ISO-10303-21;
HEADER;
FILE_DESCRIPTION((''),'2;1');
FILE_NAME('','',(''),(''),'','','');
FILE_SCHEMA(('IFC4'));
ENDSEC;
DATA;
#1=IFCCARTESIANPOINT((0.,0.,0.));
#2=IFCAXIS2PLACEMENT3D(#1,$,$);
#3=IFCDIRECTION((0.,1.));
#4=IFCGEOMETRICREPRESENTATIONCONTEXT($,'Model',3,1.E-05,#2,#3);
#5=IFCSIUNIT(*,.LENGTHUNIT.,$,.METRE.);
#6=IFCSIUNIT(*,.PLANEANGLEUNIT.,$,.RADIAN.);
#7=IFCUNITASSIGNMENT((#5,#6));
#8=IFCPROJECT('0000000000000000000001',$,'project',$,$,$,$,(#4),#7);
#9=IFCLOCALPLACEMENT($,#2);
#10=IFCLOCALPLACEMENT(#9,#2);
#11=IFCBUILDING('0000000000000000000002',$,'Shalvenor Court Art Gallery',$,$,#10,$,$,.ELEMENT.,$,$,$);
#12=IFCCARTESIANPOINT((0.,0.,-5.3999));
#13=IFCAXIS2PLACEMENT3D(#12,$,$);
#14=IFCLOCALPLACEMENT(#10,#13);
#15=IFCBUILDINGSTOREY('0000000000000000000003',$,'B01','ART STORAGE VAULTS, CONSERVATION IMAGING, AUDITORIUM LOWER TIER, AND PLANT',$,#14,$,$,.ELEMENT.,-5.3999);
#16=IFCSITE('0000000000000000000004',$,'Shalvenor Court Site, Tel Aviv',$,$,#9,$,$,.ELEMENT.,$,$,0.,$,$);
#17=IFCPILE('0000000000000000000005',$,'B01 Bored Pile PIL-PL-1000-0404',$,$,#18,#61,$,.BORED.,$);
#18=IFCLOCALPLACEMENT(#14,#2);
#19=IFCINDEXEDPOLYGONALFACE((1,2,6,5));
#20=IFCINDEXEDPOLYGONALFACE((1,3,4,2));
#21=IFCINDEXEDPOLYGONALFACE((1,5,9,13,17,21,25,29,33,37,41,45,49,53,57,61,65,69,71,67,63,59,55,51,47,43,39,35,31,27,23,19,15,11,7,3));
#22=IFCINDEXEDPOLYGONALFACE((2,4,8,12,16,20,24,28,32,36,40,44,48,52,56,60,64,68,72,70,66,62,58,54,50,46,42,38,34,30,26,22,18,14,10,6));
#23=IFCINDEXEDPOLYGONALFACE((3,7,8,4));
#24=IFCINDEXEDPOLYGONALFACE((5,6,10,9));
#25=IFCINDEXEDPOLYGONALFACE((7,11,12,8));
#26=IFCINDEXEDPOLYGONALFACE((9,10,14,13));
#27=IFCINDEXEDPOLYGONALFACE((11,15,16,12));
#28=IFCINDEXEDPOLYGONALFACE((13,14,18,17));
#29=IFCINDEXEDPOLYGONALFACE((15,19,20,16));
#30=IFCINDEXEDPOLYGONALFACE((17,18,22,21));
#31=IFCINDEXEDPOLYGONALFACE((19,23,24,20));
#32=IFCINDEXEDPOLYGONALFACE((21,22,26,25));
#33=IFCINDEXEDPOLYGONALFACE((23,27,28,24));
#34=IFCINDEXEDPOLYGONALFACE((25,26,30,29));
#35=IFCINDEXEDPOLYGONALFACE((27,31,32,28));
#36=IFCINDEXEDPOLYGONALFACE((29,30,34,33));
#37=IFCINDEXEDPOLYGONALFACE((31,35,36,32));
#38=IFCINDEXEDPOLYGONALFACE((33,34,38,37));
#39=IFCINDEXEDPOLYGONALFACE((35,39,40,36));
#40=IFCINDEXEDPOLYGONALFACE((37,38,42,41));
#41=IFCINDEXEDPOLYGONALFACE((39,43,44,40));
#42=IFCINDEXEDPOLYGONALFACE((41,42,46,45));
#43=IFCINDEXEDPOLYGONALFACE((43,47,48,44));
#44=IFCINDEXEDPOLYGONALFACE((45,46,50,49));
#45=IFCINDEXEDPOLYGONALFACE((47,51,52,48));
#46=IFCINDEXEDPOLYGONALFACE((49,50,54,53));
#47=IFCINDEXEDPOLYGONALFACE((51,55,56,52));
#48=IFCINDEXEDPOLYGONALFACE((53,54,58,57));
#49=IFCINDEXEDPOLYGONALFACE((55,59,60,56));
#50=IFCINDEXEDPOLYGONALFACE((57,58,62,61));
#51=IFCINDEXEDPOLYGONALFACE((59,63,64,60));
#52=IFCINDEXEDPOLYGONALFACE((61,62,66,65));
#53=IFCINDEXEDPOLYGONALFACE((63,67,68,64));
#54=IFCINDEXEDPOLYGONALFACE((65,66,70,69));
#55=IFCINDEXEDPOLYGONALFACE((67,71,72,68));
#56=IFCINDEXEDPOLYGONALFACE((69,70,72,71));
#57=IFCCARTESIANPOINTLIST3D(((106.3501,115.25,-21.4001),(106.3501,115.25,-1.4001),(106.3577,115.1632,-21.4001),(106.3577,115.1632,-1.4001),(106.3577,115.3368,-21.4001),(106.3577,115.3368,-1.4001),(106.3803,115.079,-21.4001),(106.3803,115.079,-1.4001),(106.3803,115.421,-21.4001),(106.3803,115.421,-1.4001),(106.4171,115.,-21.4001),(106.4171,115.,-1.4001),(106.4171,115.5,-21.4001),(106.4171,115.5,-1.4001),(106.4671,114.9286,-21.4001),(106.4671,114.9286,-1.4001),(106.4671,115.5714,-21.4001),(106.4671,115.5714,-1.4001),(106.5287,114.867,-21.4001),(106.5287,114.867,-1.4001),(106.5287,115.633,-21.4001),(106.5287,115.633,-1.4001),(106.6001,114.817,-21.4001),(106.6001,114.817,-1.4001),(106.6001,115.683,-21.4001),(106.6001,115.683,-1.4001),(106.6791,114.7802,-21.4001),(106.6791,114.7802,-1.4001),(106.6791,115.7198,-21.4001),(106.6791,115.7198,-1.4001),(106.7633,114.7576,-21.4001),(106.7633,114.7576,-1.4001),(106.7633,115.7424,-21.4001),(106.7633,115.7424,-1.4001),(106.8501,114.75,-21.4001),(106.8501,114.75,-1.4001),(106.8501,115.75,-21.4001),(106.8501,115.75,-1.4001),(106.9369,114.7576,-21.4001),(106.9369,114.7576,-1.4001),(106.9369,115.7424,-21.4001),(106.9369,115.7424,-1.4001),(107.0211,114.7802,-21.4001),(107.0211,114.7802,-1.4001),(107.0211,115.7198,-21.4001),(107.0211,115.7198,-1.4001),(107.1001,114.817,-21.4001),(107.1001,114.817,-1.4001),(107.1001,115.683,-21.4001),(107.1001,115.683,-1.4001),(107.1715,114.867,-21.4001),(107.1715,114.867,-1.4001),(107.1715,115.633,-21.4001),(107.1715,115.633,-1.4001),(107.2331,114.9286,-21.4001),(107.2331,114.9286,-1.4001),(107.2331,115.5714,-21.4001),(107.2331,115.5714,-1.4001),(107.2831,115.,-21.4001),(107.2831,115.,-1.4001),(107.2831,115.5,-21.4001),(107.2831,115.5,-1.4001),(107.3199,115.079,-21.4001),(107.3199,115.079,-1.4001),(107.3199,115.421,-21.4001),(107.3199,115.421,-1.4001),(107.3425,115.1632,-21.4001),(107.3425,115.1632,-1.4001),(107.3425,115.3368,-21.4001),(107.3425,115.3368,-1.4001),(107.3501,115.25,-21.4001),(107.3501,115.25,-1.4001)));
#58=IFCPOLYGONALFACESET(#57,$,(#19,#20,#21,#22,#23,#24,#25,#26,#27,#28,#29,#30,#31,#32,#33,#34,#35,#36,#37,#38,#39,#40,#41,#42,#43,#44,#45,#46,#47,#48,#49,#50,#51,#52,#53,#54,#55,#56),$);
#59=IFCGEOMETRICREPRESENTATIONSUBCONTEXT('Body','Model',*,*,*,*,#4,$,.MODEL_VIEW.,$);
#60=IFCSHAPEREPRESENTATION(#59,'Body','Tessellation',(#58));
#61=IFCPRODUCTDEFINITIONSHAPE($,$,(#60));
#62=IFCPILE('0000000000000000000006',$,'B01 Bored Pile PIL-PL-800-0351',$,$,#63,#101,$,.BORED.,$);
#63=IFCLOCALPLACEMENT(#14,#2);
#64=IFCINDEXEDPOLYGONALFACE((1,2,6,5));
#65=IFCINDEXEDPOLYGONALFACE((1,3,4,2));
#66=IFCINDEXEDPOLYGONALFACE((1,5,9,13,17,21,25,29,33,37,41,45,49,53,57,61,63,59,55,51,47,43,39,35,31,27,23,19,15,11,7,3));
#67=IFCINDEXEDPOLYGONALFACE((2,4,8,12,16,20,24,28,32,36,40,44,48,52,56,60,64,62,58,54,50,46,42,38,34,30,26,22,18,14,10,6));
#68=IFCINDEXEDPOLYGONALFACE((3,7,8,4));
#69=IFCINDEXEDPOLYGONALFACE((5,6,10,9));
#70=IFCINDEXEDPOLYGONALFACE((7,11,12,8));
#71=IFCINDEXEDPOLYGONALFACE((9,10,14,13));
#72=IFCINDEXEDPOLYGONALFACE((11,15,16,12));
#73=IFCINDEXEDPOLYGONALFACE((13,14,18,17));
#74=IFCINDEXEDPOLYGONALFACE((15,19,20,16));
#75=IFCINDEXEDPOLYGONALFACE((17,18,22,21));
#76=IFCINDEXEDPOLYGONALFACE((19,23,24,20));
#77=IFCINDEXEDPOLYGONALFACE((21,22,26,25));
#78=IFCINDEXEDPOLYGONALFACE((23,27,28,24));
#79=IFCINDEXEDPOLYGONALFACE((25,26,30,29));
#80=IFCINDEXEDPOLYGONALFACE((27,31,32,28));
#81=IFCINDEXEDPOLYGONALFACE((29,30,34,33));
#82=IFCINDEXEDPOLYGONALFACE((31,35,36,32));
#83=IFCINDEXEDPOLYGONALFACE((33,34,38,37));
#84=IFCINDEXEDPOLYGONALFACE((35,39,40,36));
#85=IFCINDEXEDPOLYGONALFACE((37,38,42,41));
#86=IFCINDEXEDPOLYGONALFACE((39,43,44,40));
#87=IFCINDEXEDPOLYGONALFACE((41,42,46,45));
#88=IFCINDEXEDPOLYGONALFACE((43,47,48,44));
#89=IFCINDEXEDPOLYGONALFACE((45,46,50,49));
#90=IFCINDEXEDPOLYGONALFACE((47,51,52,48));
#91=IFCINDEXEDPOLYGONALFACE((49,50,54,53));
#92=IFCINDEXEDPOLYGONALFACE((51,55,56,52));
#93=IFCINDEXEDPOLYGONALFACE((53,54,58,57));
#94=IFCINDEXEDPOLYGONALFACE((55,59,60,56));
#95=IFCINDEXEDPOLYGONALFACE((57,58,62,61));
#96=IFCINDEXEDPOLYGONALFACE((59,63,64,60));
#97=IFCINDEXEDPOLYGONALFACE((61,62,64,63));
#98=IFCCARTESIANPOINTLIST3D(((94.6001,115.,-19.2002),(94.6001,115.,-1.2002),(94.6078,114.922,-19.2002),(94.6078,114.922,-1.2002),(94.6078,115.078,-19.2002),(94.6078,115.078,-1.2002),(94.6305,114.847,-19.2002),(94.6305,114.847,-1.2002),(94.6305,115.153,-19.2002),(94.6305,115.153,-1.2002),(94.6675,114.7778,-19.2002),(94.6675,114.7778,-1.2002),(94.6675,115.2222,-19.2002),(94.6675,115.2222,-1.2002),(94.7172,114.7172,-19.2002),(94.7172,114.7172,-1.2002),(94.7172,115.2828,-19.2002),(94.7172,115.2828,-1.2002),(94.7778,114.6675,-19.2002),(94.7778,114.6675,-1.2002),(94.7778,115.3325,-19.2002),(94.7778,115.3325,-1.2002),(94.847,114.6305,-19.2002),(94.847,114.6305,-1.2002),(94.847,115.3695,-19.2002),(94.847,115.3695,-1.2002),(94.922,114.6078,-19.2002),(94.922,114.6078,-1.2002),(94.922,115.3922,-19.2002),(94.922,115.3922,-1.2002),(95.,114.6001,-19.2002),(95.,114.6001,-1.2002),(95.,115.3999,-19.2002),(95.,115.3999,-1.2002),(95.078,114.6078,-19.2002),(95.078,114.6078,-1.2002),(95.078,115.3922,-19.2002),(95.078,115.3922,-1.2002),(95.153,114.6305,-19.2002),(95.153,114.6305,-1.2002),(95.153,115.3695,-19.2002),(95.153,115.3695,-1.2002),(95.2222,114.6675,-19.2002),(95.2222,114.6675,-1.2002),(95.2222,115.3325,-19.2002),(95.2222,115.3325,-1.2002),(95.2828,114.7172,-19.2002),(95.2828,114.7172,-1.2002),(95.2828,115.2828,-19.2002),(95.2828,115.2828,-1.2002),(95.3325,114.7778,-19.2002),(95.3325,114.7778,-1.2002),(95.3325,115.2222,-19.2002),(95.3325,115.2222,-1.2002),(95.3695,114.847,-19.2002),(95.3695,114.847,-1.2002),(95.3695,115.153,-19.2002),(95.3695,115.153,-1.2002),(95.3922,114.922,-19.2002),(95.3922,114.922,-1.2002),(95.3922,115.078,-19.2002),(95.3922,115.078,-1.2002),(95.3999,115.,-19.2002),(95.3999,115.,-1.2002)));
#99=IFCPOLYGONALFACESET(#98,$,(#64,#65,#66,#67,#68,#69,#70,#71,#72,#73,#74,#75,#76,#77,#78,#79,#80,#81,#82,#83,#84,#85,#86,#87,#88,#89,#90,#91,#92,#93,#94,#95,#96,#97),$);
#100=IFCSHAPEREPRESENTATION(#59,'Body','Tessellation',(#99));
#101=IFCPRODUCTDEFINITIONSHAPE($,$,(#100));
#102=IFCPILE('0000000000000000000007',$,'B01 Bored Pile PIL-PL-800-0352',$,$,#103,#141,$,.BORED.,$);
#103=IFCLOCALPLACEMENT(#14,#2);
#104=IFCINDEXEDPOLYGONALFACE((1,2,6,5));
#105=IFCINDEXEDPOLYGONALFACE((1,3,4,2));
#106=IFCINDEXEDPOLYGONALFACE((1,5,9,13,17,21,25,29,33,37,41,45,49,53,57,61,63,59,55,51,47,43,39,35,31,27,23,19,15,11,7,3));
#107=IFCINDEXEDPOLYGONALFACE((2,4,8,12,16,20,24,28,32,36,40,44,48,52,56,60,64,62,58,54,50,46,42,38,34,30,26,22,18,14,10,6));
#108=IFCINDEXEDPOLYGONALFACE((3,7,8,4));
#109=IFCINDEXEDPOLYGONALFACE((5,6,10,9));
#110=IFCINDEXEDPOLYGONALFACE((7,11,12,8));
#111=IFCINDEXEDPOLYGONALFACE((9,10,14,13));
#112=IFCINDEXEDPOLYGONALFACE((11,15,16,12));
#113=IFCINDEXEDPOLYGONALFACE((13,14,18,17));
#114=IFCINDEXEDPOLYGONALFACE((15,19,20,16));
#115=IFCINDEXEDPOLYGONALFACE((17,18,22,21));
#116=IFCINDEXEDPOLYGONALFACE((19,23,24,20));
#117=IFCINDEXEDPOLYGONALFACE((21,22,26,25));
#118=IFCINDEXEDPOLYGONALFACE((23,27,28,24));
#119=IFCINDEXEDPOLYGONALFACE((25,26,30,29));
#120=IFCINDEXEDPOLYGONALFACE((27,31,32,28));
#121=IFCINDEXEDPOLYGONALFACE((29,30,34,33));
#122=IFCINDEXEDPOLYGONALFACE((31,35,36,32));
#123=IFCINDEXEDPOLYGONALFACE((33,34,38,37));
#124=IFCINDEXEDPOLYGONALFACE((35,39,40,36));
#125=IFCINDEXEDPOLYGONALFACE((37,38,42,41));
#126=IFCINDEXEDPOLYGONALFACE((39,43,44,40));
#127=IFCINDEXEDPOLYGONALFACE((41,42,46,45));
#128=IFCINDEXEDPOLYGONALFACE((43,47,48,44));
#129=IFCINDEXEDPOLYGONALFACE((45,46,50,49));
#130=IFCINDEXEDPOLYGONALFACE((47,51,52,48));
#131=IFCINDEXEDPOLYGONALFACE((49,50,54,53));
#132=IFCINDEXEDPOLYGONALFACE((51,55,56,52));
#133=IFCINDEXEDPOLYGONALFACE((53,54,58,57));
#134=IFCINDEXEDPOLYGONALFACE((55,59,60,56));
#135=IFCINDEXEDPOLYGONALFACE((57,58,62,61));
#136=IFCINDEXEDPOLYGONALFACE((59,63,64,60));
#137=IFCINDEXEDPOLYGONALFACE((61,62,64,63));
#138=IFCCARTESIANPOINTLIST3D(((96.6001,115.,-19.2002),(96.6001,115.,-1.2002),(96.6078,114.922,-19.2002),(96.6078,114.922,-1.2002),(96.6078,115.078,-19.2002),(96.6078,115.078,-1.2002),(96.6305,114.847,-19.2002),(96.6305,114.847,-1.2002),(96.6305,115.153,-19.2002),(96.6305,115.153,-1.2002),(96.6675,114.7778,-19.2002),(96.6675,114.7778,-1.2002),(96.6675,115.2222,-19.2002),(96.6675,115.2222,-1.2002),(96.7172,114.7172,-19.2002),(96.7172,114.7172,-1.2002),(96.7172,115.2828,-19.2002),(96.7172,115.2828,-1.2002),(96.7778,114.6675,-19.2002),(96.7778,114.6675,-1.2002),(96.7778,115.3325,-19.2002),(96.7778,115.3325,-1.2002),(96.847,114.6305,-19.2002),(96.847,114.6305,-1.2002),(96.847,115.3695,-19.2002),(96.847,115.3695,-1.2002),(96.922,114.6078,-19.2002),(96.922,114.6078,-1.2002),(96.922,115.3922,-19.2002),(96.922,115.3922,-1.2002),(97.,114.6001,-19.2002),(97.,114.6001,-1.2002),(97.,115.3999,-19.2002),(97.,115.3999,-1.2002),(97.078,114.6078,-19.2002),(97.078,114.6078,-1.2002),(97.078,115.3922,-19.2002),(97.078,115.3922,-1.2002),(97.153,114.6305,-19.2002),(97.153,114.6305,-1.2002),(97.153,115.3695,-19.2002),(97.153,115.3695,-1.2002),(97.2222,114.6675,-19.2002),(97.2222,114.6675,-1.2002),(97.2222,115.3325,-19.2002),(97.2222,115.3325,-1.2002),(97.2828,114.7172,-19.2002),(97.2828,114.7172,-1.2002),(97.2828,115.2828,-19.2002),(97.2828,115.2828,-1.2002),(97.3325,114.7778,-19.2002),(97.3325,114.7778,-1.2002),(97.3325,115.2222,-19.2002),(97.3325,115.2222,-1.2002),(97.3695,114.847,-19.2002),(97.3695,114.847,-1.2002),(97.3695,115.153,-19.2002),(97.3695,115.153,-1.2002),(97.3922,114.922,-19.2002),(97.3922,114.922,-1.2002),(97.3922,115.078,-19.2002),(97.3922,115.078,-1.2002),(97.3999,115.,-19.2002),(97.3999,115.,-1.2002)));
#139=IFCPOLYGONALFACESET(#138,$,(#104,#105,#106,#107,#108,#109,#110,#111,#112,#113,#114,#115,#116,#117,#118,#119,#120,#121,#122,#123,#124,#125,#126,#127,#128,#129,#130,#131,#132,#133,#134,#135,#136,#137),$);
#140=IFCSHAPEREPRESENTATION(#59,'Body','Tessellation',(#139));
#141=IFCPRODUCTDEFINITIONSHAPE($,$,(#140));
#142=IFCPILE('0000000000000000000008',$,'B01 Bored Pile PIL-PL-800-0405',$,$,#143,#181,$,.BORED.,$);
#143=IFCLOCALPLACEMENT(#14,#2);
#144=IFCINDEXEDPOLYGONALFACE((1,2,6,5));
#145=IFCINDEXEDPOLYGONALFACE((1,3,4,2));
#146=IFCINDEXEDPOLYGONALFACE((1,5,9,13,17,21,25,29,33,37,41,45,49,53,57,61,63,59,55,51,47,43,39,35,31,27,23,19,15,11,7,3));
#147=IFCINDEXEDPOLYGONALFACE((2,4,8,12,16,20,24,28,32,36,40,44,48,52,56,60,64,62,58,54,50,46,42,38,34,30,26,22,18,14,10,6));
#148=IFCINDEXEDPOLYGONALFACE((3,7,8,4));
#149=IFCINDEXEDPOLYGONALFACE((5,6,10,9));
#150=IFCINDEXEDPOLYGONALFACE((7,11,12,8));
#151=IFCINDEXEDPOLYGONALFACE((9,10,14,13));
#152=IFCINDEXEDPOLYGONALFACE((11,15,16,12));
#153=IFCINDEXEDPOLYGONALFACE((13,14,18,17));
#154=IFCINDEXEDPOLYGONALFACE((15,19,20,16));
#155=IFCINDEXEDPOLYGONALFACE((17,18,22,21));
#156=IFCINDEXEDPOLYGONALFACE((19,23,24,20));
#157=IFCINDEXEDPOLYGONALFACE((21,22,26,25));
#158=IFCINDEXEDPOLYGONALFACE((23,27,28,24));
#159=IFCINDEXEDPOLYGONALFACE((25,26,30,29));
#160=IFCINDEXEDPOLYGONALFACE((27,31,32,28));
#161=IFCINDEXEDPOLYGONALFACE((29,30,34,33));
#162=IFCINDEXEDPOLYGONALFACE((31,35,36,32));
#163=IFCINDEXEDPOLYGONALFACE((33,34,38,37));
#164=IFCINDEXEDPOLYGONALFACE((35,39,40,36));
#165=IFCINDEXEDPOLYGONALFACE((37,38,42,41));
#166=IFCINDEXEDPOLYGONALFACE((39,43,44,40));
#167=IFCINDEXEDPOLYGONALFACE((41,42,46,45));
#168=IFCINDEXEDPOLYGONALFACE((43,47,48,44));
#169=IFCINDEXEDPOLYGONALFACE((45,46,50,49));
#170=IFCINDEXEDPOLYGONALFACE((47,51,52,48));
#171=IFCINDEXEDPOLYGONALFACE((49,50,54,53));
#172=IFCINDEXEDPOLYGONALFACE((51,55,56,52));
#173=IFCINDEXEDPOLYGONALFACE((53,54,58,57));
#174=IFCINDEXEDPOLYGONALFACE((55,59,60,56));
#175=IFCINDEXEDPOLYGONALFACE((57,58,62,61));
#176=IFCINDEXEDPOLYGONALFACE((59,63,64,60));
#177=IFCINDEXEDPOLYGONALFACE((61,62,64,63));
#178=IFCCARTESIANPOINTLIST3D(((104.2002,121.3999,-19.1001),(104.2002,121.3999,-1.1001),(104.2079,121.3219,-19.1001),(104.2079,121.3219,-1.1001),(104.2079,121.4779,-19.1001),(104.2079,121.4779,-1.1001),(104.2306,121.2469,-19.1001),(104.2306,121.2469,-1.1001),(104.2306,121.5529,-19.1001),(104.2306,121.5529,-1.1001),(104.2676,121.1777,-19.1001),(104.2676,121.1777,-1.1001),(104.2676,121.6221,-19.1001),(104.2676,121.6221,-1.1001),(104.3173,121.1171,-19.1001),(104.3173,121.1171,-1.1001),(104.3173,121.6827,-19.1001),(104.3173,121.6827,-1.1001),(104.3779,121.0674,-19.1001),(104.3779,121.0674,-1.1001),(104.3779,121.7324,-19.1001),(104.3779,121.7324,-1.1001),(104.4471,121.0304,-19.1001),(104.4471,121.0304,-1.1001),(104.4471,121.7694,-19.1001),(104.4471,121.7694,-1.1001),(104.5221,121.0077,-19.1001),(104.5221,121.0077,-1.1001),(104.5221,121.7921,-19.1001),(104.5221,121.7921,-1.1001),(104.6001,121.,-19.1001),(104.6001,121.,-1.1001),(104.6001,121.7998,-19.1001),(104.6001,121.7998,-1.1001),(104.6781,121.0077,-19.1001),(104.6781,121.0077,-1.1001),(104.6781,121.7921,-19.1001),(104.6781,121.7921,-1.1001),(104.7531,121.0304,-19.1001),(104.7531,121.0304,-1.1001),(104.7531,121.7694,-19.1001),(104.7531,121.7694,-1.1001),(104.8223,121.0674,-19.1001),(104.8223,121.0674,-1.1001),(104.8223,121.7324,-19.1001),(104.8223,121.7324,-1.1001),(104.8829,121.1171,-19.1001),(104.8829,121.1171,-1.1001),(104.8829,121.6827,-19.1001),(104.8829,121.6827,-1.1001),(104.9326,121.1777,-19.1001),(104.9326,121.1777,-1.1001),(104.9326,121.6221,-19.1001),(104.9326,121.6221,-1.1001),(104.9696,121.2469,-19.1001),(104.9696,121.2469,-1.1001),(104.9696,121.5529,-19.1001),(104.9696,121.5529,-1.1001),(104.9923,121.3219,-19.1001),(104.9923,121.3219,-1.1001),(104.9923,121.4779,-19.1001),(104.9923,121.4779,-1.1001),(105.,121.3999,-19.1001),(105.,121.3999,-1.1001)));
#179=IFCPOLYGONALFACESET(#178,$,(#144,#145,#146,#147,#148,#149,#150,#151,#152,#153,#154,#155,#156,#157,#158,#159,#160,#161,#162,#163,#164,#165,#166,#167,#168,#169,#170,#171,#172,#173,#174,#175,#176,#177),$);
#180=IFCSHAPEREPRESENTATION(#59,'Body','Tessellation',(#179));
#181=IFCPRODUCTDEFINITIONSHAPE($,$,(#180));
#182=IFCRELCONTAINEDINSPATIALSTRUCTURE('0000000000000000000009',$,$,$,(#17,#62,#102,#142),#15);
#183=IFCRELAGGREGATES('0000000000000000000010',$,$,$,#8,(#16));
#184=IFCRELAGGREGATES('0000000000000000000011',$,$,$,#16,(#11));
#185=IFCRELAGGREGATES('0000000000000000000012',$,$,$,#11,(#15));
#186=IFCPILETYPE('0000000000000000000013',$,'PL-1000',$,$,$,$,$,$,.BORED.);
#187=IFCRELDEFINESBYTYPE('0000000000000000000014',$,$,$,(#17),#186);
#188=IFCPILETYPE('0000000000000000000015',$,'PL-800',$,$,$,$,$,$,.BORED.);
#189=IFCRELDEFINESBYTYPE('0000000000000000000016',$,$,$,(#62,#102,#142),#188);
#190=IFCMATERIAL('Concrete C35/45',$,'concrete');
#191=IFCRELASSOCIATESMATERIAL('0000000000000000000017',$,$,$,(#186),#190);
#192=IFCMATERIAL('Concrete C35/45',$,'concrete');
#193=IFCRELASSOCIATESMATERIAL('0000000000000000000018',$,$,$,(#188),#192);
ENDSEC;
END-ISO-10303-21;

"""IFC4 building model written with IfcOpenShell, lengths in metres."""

from ifc_helpers import new_model, si_unit, direction, frame, origin, origin_2d, place, context, subcontext, project, spatial, circle, extrude, material, material_profile, profile_set, type_object, element, save


model = new_model("IFC4")

# Units and contexts
model_context = context("Model", 3, precision=1e-05, world=origin(), true_north=direction((0.0, 1.0)))
body_context = subcontext(model_context, "Body", "Model", "MODEL_VIEW")
ifc_project = project(units=[si_unit("LENGTHUNIT", "METRE"), si_unit("PLANEANGLEUNIT", "RADIAN")], contexts=[model_context])

# Site, building, storey
site_placement = place(None, origin())
site = spatial("IfcSite", under=ifc_project, at=site_placement, Name="Shalvenor Court Site, Tel Aviv", CompositionType="ELEMENT", RefElevation=0.0)
building_placement = place(site_placement, origin())
building = spatial("IfcBuilding", under=site, at=building_placement, Name="Shalvenor Court Art Gallery", CompositionType="ELEMENT")
storey_placement = place(building_placement, frame((0.0, 0.0, -5.3999)))
storey = spatial("IfcBuildingStorey", under=building, at=storey_placement, Name="B01", Description="ART STORAGE VAULTS, CONSERVATION IMAGING, AUDITORIUM LOWER TIER, AND PLANT", CompositionType="ELEMENT", Elevation=-5.3999)

# Piles
ifc_material_1 = material(Name="Concrete C35/45", Category="concrete")
ifc_material_profile_1 = material_profile(ifc_material_1, circle(Radius=0.5, at=origin_2d()), Name="PILE 1000")
ifc_profile_set_1 = profile_set([ifc_material_profile_1], Name="Concrete C35/45")
pile_type_1 = type_object("IfcPileType", Name="PL-1000", PredefinedType="BORED", material=ifc_profile_set_1)
for number, where, z_axis, x_axis, name in (
    (1, (106.8501, 115.25, -1.4001), (0.0, 0.0, -1.0), (1.0, 0.0, 0.0), "B01 Bored Pile PIL-PL-1000-0404"),
):
    element("IfcPile", number, at=place(storey_placement, frame(where, z_axis=z_axis, x_axis=x_axis)), inside=storey, type_object=pile_type_1, Name=name, PredefinedType="BORED", context=body_context, shape_type="SweptSolid", body=[
        extrude(circle(Radius=0.5, at=origin_2d()), origin(), (0.0, 0.0, 1.0), 20.0),
    ])
ifc_material_2 = material(Name="Concrete C35/45", Category="concrete")
ifc_material_profile_2 = material_profile(ifc_material_2, circle(Radius=0.3999, at=origin_2d()), Name="PILE 800")
ifc_profile_set_2 = profile_set([ifc_material_profile_2], Name="Concrete C35/45")
pile_type_2 = type_object("IfcPileType", Name="PL-800", PredefinedType="BORED", material=ifc_profile_set_2)
for number, where, z_axis, x_axis, name in (
    (2, (95.0, 115.0, -1.2002), (0.0, 0.0, -1.0), (1.0, 0.0, 0.0), "B01 Bored Pile PIL-PL-800-0351"),
    (3, (97.0, 115.0, -1.2002), (0.0, 0.0, -1.0), (1.0, 0.0, 0.0), "B01 Bored Pile PIL-PL-800-0352"),
    (4, (104.6001, 121.3999, -1.1001), (0.0, 0.0, -1.0), (1.0, 0.0, 0.0), "B01 Bored Pile PIL-PL-800-0405"),
):
    element("IfcPile", number, at=place(storey_placement, frame(where, z_axis=z_axis, x_axis=x_axis)), inside=storey, type_object=pile_type_2, Name=name, PredefinedType="BORED", context=body_context, shape_type="SweptSolid", body=[
        extrude(circle(Radius=0.3999, at=origin_2d()), origin(), (0.0, 0.0, 1.0), 18.0),
    ])

save(model, "model.ifc")
